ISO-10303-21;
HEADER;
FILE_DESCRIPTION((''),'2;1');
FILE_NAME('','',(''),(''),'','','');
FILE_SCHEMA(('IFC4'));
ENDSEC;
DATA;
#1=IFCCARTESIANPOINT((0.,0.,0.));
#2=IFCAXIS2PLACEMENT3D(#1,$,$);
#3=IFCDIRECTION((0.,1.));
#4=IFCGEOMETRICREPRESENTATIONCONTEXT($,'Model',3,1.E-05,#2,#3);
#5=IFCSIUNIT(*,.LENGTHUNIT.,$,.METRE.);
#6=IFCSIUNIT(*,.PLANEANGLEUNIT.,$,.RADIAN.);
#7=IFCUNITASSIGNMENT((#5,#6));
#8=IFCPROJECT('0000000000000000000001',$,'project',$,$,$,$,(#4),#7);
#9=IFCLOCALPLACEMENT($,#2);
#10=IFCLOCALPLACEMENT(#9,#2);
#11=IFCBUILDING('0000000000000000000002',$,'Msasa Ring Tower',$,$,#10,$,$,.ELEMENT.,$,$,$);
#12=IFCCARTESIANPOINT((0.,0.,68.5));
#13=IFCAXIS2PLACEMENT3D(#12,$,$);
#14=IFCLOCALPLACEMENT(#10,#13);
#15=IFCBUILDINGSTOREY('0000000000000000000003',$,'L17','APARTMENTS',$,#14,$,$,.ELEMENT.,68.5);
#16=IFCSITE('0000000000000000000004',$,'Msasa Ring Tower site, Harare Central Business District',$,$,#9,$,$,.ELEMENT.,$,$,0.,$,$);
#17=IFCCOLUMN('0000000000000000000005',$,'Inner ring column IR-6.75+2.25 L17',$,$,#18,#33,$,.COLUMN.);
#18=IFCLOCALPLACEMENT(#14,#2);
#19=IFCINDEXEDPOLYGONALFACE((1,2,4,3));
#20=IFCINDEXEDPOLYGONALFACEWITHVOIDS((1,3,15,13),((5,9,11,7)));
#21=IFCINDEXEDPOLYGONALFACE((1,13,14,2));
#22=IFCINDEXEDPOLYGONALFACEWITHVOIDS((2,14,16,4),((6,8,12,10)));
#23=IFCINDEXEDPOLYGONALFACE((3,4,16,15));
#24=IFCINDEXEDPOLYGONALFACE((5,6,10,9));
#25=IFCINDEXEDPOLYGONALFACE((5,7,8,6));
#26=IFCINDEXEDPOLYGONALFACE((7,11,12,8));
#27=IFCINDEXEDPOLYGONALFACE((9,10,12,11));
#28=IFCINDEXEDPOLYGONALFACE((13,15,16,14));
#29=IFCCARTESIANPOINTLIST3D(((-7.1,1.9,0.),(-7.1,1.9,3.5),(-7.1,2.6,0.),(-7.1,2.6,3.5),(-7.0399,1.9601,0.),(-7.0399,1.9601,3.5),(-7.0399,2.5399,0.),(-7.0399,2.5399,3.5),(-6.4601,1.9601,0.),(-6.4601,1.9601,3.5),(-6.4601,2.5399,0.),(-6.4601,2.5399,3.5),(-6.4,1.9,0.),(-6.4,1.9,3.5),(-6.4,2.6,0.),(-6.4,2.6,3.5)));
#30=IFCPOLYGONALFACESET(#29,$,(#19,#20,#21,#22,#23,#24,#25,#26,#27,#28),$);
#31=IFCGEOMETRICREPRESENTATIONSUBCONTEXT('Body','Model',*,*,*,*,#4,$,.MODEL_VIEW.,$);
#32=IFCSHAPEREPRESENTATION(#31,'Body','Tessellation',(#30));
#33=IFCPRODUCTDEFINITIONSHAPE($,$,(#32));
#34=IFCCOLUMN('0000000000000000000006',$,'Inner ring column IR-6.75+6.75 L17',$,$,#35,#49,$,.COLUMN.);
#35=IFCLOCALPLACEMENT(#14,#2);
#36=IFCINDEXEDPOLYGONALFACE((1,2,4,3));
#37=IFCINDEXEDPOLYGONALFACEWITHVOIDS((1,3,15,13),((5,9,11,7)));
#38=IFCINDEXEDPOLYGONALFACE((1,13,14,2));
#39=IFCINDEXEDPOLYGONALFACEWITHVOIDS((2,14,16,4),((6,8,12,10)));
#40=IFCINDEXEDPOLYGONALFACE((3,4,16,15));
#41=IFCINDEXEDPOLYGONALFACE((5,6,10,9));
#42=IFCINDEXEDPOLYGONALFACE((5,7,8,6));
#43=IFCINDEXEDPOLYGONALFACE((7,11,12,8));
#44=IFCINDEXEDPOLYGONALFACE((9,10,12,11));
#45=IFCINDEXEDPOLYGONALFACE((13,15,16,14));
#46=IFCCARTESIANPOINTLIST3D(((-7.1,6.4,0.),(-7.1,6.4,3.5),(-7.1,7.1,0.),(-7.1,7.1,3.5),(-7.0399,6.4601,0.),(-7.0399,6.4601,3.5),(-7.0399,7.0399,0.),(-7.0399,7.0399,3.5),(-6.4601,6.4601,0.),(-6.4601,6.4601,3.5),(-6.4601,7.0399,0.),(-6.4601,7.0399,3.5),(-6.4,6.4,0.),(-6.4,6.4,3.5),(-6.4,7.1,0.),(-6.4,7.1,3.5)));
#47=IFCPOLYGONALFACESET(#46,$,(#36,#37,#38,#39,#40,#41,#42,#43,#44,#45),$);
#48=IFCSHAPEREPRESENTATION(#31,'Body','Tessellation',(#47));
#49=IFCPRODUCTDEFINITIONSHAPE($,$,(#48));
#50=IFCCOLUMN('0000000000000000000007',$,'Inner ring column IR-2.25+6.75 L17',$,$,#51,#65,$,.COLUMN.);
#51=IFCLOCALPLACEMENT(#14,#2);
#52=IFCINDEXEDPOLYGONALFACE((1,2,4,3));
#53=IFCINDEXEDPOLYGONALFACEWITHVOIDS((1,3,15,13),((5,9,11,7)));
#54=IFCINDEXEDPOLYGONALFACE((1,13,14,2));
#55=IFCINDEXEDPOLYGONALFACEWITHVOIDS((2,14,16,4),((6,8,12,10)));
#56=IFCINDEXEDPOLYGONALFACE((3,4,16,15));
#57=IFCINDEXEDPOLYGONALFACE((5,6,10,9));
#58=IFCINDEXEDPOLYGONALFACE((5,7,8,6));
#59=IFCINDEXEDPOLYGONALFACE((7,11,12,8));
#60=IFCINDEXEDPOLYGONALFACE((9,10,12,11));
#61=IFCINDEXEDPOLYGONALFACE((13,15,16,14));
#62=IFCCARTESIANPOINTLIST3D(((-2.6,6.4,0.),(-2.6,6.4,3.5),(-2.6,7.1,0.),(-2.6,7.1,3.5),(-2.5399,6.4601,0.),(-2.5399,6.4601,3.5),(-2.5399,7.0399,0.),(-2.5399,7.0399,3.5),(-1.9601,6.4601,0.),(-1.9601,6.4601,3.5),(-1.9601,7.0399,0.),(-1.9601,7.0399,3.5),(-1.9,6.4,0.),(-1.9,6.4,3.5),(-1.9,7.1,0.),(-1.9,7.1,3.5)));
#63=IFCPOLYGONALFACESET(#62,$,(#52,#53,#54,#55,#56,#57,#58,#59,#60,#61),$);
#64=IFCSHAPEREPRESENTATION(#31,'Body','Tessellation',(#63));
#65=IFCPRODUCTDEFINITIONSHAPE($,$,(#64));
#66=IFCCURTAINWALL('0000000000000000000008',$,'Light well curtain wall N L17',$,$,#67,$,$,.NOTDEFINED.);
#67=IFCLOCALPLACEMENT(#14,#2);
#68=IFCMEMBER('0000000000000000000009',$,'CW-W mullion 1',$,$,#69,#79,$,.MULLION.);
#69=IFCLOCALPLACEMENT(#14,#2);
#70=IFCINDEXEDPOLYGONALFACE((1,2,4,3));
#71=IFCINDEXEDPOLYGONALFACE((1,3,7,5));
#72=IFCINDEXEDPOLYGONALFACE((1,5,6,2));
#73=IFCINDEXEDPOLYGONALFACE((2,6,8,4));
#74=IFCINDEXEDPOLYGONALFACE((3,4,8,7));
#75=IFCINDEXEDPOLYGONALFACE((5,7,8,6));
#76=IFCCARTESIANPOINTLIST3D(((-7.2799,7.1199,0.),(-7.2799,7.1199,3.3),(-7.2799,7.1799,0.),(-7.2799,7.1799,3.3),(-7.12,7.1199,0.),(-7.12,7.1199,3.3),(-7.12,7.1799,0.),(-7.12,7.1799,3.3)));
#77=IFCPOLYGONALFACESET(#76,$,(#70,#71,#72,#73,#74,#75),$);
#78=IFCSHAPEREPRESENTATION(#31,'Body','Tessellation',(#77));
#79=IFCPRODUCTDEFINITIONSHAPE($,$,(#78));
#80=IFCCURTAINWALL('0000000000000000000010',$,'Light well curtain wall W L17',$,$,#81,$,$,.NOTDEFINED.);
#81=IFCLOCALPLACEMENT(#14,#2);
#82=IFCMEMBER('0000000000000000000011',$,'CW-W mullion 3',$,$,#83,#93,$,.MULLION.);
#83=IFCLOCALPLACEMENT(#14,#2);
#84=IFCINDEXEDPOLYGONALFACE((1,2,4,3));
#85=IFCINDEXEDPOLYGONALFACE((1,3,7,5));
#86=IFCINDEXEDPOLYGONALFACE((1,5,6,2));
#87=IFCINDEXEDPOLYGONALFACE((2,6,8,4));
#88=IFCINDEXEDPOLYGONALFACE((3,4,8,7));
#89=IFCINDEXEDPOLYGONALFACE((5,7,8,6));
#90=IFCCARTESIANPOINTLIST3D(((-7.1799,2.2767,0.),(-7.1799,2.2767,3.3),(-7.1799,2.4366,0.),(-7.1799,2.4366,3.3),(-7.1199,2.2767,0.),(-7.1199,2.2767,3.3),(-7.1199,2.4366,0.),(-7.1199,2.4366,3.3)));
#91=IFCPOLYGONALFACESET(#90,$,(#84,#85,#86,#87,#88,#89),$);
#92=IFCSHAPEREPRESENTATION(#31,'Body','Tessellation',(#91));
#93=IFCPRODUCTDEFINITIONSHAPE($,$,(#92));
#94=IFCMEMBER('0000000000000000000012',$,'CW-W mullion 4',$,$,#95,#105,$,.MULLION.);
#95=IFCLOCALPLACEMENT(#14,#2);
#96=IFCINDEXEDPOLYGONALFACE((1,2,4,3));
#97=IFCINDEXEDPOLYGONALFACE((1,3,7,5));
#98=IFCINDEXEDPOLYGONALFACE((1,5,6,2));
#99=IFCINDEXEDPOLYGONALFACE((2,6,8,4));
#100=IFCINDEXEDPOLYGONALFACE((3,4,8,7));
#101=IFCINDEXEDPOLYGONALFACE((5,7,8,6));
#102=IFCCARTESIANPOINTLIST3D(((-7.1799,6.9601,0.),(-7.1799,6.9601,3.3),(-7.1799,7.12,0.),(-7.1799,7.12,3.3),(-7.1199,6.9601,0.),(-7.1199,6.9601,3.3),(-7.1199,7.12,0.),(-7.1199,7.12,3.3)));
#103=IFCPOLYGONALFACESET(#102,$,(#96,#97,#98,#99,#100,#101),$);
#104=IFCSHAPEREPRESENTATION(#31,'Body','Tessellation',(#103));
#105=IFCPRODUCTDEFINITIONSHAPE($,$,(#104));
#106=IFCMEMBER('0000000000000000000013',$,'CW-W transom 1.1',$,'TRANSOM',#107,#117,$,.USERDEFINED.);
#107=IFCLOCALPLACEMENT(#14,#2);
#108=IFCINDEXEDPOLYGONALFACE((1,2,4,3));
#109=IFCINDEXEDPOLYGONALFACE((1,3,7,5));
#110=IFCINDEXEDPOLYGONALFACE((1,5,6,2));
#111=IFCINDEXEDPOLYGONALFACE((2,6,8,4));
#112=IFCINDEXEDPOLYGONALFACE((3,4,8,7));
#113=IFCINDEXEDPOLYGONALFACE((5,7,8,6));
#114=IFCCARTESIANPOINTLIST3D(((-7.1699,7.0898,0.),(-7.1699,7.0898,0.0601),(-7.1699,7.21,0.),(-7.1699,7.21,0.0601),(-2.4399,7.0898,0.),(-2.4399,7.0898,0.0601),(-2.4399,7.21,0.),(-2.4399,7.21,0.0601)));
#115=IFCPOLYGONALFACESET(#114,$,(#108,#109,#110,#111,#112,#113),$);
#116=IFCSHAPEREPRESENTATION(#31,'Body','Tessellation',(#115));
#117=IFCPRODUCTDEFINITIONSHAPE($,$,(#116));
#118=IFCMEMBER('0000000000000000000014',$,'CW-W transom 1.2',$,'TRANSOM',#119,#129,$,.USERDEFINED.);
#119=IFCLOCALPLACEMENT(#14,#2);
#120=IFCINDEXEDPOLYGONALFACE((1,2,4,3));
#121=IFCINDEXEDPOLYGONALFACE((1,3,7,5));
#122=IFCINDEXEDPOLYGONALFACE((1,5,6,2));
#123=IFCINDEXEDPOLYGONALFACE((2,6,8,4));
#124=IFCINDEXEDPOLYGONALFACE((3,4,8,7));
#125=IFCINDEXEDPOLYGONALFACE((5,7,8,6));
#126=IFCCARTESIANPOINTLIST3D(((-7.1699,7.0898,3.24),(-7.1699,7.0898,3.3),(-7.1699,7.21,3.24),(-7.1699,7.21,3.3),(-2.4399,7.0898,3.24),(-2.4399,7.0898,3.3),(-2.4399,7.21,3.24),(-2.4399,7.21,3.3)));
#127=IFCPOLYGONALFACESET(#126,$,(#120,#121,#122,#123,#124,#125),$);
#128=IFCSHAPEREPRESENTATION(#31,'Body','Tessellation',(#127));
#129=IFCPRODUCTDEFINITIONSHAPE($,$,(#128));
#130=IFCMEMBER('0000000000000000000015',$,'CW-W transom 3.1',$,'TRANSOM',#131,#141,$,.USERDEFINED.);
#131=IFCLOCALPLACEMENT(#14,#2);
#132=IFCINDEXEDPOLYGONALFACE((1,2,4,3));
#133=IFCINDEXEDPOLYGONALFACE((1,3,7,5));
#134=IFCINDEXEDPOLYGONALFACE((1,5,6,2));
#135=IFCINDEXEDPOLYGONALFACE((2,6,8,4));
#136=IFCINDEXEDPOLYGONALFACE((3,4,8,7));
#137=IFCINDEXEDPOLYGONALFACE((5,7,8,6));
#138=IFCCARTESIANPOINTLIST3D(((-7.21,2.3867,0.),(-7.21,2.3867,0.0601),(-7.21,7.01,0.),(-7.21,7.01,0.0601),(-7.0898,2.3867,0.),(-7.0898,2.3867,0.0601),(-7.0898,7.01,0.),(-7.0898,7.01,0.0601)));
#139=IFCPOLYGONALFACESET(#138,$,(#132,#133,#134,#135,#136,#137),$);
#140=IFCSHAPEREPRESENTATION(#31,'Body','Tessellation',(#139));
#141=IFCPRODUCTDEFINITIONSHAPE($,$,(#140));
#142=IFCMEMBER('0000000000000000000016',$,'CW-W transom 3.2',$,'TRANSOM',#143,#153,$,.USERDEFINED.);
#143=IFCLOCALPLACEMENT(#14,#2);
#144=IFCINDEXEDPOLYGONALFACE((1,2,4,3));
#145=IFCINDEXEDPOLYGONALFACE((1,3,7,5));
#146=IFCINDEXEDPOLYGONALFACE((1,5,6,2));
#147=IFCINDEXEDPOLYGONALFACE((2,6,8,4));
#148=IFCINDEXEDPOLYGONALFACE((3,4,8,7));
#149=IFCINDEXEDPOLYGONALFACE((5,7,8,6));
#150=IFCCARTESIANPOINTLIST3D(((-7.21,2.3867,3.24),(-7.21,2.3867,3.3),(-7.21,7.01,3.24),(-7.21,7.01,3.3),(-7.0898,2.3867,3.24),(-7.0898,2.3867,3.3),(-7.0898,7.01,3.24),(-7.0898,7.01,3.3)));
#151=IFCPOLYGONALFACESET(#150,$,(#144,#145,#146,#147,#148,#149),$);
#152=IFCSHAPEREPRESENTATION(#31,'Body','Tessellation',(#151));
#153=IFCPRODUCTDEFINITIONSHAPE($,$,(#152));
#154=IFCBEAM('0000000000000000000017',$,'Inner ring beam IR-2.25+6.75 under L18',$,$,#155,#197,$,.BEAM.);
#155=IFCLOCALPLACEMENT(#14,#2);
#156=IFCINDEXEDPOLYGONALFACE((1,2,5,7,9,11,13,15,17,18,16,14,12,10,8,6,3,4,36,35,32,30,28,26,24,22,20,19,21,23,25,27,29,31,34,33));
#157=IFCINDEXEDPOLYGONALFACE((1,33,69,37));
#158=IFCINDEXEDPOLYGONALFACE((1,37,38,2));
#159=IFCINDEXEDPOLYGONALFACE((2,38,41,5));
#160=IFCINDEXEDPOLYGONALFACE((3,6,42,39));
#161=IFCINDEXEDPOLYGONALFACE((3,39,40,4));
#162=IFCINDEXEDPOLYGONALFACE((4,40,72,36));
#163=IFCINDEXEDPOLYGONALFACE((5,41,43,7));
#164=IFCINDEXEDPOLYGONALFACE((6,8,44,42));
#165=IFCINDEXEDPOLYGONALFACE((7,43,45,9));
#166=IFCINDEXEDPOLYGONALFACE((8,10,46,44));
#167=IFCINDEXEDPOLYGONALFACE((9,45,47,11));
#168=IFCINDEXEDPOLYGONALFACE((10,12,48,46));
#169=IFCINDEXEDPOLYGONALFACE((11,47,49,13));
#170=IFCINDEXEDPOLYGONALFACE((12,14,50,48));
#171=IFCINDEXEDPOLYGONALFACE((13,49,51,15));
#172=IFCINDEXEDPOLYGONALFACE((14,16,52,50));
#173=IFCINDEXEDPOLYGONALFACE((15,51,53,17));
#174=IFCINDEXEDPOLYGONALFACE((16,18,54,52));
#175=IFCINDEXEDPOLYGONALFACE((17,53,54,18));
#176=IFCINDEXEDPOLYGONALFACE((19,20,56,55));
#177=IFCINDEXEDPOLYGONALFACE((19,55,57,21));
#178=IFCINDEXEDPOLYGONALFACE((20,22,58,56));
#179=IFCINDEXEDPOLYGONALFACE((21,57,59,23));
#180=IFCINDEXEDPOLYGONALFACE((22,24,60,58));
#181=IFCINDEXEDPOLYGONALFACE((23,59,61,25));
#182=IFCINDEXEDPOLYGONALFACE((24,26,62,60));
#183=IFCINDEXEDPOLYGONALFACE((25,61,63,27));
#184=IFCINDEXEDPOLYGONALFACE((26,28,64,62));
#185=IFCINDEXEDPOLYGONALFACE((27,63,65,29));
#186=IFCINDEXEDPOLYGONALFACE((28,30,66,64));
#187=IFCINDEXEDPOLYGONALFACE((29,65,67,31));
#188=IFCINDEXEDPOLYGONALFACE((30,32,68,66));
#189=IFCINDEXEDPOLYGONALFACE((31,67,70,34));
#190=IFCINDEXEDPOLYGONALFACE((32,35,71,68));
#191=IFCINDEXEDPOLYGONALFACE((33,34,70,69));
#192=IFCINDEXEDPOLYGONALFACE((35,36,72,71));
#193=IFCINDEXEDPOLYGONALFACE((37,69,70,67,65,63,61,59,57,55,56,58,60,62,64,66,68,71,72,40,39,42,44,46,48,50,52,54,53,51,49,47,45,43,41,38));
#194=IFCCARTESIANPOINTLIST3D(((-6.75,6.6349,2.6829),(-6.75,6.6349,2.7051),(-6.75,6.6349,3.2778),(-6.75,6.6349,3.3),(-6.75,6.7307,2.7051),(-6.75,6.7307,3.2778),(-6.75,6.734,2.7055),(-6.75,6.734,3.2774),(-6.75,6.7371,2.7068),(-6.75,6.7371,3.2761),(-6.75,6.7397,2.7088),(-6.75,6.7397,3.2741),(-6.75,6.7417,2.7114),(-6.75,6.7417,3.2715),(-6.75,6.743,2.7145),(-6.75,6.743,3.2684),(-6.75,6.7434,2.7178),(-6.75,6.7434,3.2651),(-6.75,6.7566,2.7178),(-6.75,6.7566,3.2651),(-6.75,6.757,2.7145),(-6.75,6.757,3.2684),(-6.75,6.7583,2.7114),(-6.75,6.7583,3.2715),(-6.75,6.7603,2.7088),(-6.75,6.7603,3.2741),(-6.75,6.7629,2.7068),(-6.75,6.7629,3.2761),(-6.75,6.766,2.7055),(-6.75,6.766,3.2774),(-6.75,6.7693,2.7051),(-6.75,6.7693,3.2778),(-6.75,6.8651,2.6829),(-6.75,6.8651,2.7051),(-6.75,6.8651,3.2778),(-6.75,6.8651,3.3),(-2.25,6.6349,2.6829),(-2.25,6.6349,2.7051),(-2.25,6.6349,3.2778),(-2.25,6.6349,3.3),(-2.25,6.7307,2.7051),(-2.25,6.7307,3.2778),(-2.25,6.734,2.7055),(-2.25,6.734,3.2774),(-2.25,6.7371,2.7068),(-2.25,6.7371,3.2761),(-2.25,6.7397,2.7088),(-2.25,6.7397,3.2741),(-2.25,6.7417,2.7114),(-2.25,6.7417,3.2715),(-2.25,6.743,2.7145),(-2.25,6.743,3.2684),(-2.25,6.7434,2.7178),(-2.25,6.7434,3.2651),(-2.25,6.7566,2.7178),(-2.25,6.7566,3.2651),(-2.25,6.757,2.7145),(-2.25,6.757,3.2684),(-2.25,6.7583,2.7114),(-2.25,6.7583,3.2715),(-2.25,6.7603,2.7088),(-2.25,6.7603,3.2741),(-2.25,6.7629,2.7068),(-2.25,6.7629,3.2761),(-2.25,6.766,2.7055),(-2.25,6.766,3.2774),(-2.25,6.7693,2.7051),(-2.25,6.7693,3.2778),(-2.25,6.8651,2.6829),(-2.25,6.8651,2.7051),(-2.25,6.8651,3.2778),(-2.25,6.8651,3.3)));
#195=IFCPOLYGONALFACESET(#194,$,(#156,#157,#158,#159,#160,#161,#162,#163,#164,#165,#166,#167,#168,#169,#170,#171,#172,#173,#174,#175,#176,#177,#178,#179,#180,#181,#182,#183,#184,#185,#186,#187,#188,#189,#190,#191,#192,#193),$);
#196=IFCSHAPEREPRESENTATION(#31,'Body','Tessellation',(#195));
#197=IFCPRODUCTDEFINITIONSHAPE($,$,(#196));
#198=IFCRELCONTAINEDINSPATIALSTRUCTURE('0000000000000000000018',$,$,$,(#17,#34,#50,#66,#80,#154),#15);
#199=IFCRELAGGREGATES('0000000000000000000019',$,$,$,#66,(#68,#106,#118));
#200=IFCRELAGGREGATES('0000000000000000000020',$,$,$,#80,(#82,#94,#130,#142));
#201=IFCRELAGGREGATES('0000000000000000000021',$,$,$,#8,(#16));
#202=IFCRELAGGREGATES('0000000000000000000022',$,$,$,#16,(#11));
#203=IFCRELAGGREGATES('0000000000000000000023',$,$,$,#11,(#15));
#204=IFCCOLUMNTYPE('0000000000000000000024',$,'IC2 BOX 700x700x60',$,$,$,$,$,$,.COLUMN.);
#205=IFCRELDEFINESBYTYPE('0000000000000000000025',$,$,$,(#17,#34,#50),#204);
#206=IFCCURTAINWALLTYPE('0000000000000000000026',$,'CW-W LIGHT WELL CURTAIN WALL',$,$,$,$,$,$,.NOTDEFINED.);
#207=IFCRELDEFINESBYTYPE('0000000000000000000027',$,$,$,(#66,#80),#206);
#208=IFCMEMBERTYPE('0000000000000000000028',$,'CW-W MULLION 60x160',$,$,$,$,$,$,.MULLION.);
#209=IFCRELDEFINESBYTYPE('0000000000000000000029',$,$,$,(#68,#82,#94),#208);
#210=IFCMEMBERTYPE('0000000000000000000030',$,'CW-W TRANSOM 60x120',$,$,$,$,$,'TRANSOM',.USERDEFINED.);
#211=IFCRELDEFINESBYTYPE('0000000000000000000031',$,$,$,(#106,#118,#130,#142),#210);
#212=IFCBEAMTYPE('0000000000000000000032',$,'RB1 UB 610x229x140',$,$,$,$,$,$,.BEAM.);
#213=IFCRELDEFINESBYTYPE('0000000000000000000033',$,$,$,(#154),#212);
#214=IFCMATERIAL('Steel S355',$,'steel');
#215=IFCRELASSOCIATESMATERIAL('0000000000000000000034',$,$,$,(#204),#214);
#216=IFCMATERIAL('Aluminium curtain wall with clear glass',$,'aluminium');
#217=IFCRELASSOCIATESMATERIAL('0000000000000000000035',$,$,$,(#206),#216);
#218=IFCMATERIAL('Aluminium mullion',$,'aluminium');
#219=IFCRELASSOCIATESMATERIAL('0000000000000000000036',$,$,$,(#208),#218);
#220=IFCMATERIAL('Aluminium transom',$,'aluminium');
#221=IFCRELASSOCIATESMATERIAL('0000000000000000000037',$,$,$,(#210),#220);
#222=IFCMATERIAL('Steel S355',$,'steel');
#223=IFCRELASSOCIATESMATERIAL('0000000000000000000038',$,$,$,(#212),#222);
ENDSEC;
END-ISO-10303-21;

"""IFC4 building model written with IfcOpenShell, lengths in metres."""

from ifc_helpers import new_model, si_unit, direction, frame, origin, origin_2d, place, context, subcontext, project, spatial, rectangle, hollow_rectangle, i_section, extrude, material, material_profile, profile_set, type_object, element, aggregate, save


model = new_model("IFC4")

# Units and contexts
model_context = context("Model", 3, precision=1e-05, world=origin(), true_north=direction((0.0, 1.0)))
body_context = subcontext(model_context, "Body", "Model", "MODEL_VIEW")
ifc_project = project(units=[si_unit("LENGTHUNIT", "METRE"), si_unit("PLANEANGLEUNIT", "RADIAN")], contexts=[model_context])

# Site, building, storey
site_placement = place(None, origin())
site = spatial("IfcSite", under=ifc_project, at=site_placement, Name="Msasa Ring Tower site, Harare Central Business District", CompositionType="ELEMENT", RefElevation=0.0)
building_placement = place(site_placement, origin())
building = spatial("IfcBuilding", under=site, at=building_placement, Name="Msasa Ring Tower", CompositionType="ELEMENT")
storey_placement = place(building_placement, frame((0.0, 0.0, 68.5)))
storey = spatial("IfcBuildingStorey", under=building, at=storey_placement, Name="L17", Description="APARTMENTS", CompositionType="ELEMENT", Elevation=68.5)

# Columns
ifc_material_1 = material(Name="Steel S355", Category="steel")
ifc_material_profile_1 = material_profile(ifc_material_1, hollow_rectangle(XDim=0.7, YDim=0.7, WallThickness=0.0601, at=origin_2d()), Name="BOX 700x700x60")
ifc_profile_set_1 = profile_set([ifc_material_profile_1], Name="Steel S355")
column_type = type_object("IfcColumnType", Name="IC2 BOX 700x700x60", PredefinedType="COLUMN", material=ifc_profile_set_1)
for number, where, z_axis, x_axis, name in (
    (1, (-6.75, 2.25, 0.0), (0.0, 0.0, 1.0), (1.0, 0.0, 0.0), "Inner ring column IR-6.75+2.25 L17"),
    (2, (-6.75, 6.75, 0.0), (0.0, 0.0, 1.0), (1.0, 0.0, 0.0), "Inner ring column IR-6.75+6.75 L17"),
    (3, (-2.25, 6.75, 0.0), (0.0, 0.0, 1.0), (1.0, 0.0, 0.0), "Inner ring column IR-2.25+6.75 L17"),
):
    element("IfcColumn", number, at=place(storey_placement, frame(where, z_axis=z_axis, x_axis=x_axis)), inside=storey, type_object=column_type, Name=name, PredefinedType="COLUMN", context=body_context, shape_type="SweptSolid", body=[
        extrude(hollow_rectangle(XDim=0.7, YDim=0.7, WallThickness=0.0601, at=origin_2d()), origin(), (0.0, 0.0, 1.0), 3.5),
    ])

# Curtain wall, member
ifc_material_2 = material(Name="Aluminium curtain wall with clear glass", Category="aluminium")
curtain_wall_type = type_object("IfcCurtainWallType", Name="CW-W LIGHT WELL CURTAIN WALL", PredefinedType="NOTDEFINED", material=ifc_material_2)
curtain_wall_1_placement = place(storey_placement, origin())
curtain_wall_1 = element("IfcCurtainWall", 4, at=curtain_wall_1_placement, inside=storey, type_object=curtain_wall_type, Name="Light well curtain wall N L17", PredefinedType="NOTDEFINED")
ifc_material_3 = material(Name="Aluminium mullion", Category="aluminium")
ifc_material_profile_2 = material_profile(ifc_material_3, rectangle(XDim=0.0601, YDim=0.1599, at=origin_2d()), Name="AL 60x160")
ifc_profile_set_2 = profile_set([ifc_material_profile_2], Name="Aluminium mullion")
member_type_1 = type_object("IfcMemberType", Name="CW-W MULLION 60x160", PredefinedType="MULLION", material=ifc_profile_set_2)
member_1_placement = place(storey_placement, frame((-7.2, 7.1499, 0.0), z_axis=(0.0, 0.0, 1.0), x_axis=(0.0, 1.0, 0.0)))
member_1 = element("IfcMember", 5, at=member_1_placement, type_object=member_type_1, Name="CW-W mullion 1", PredefinedType="MULLION", context=body_context, shape_type="SweptSolid", body=[
    extrude(rectangle(XDim=0.0601, YDim=0.1599, at=origin_2d()), origin(), (0.0, 0.0, 1.0), 3.3),
])

# Curtain wall, members
curtain_wall_2_placement = place(storey_placement, origin())
curtain_wall_2 = element("IfcCurtainWall", 6, at=curtain_wall_2_placement, inside=storey, type_object=curtain_wall_type, Name="Light well curtain wall W L17", PredefinedType="NOTDEFINED")
member_2_placement = place(storey_placement, frame((-7.1499, 2.3567, 0.0), z_axis=(0.0, 0.0, 1.0), x_axis=(-1.0, 0.0, 0.0)))
member_2 = element("IfcMember", 7, at=member_2_placement, type_object=member_type_1, Name="CW-W mullion 3", PredefinedType="MULLION", context=body_context, shape_type="SweptSolid", body=[
    extrude(rectangle(XDim=0.0601, YDim=0.1599, at=origin_2d()), origin(), (0.0, 0.0, 1.0), 3.3),
])
member_3_placement = place(storey_placement, frame((-7.1499, 7.04, 0.0), z_axis=(0.0, 0.0, 1.0), x_axis=(-1.0, 0.0, 0.0)))
member_3 = element("IfcMember", 8, at=member_3_placement, type_object=member_type_1, Name="CW-W mullion 4", PredefinedType="MULLION", context=body_context, shape_type="SweptSolid", body=[
    extrude(rectangle(XDim=0.0601, YDim=0.1599, at=origin_2d()), origin(), (0.0, 0.0, 1.0), 3.3),
])

# Members
ifc_material_4 = material(Name="Aluminium transom", Category="aluminium")
ifc_material_profile_3 = material_profile(ifc_material_4, rectangle(XDim=0.1201, YDim=0.0601, at=origin_2d()), Name="AL 60x120")
ifc_profile_set_3 = profile_set([ifc_material_profile_3], Name="Aluminium transom")
member_type_2 = type_object("IfcMemberType", Name="CW-W TRANSOM 60x120", ElementType="TRANSOM", PredefinedType="USERDEFINED", material=ifc_profile_set_3)
member_4_placement = place(storey_placement, frame((-7.1699, 7.1499, 0.03), z_axis=(1.0, 0.0, 0.0), x_axis=(0.0, 1.0, 0.0)))
member_4 = element("IfcMember", 9, at=member_4_placement, type_object=member_type_2, Name="CW-W transom 1.1", ObjectType="TRANSOM", PredefinedType="USERDEFINED", context=body_context, shape_type="SweptSolid", body=[
    extrude(rectangle(XDim=0.1201, YDim=0.0601, at=origin_2d()), origin(), (0.0, 0.0, 1.0), 4.73),
])
member_5_placement = place(storey_placement, frame((-7.1699, 7.1499, 3.27), z_axis=(1.0, 0.0, 0.0), x_axis=(0.0, 1.0, 0.0)))
member_5 = element("IfcMember", 10, at=member_5_placement, type_object=member_type_2, Name="CW-W transom 1.2", ObjectType="TRANSOM", PredefinedType="USERDEFINED", context=body_context, shape_type="SweptSolid", body=[
    extrude(rectangle(XDim=0.1201, YDim=0.0601, at=origin_2d()), origin(), (0.0, 0.0, 1.0), 4.73),
])
member_6_placement = place(storey_placement, frame((-7.1499, 2.3867, 0.03), z_axis=(0.0, 1.0, 0.0), x_axis=(-1.0, 0.0, 0.0)))
member_6 = element("IfcMember", 11, at=member_6_placement, type_object=member_type_2, Name="CW-W transom 3.1", ObjectType="TRANSOM", PredefinedType="USERDEFINED", context=body_context, shape_type="SweptSolid", body=[
    extrude(rectangle(XDim=0.1201, YDim=0.0601, at=origin_2d()), origin(), (0.0, 0.0, 1.0), 4.6233),
])
member_7_placement = place(storey_placement, frame((-7.1499, 2.3867, 3.27), z_axis=(0.0, 1.0, 0.0), x_axis=(-1.0, 0.0, 0.0)))
member_7 = element("IfcMember", 12, at=member_7_placement, type_object=member_type_2, Name="CW-W transom 3.2", ObjectType="TRANSOM", PredefinedType="USERDEFINED", context=body_context, shape_type="SweptSolid", body=[
    extrude(rectangle(XDim=0.1201, YDim=0.0601, at=origin_2d()), origin(), (0.0, 0.0, 1.0), 4.6233),
])

# Beam
ifc_material_5 = material(Name="Steel S355", Category="steel")
ifc_material_profile_4 = material_profile(ifc_material_5, i_section(OverallWidth=0.2302, OverallDepth=0.6172, WebThickness=0.0132, FlangeThickness=0.0222, FilletRadius=0.0127, at=origin_2d()), Name="UB 610x229x140")
ifc_profile_set_4 = profile_set([ifc_material_profile_4], Name="Steel S355")
beam_type = type_object("IfcBeamType", Name="RB1 UB 610x229x140", PredefinedType="BEAM", material=ifc_profile_set_4)
for number, where, z_axis, x_axis, name in (
    (13, (-2.25, 6.75, 2.9915), (-1.0, 0.0, 0.0), (0.0, -1.0, 0.0), "Inner ring beam IR-2.25+6.75 under L18"),
):
    element("IfcBeam", number, at=place(storey_placement, frame(where, z_axis=z_axis, x_axis=x_axis)), inside=storey, type_object=beam_type, Name=name, PredefinedType="BEAM", context=body_context, shape_type="SweptSolid", body=[
        extrude(i_section(OverallWidth=0.2302, OverallDepth=0.6172, WebThickness=0.0132, FlangeThickness=0.0222, FilletRadius=0.0127, at=origin_2d()), origin(), (0.0, 0.0, 1.0), 4.5),
    ])

aggregate(curtain_wall_1, [member_1, member_4, member_5])
aggregate(curtain_wall_2, [member_2, member_3, member_6, member_7])

save(model, "model.ifc")
